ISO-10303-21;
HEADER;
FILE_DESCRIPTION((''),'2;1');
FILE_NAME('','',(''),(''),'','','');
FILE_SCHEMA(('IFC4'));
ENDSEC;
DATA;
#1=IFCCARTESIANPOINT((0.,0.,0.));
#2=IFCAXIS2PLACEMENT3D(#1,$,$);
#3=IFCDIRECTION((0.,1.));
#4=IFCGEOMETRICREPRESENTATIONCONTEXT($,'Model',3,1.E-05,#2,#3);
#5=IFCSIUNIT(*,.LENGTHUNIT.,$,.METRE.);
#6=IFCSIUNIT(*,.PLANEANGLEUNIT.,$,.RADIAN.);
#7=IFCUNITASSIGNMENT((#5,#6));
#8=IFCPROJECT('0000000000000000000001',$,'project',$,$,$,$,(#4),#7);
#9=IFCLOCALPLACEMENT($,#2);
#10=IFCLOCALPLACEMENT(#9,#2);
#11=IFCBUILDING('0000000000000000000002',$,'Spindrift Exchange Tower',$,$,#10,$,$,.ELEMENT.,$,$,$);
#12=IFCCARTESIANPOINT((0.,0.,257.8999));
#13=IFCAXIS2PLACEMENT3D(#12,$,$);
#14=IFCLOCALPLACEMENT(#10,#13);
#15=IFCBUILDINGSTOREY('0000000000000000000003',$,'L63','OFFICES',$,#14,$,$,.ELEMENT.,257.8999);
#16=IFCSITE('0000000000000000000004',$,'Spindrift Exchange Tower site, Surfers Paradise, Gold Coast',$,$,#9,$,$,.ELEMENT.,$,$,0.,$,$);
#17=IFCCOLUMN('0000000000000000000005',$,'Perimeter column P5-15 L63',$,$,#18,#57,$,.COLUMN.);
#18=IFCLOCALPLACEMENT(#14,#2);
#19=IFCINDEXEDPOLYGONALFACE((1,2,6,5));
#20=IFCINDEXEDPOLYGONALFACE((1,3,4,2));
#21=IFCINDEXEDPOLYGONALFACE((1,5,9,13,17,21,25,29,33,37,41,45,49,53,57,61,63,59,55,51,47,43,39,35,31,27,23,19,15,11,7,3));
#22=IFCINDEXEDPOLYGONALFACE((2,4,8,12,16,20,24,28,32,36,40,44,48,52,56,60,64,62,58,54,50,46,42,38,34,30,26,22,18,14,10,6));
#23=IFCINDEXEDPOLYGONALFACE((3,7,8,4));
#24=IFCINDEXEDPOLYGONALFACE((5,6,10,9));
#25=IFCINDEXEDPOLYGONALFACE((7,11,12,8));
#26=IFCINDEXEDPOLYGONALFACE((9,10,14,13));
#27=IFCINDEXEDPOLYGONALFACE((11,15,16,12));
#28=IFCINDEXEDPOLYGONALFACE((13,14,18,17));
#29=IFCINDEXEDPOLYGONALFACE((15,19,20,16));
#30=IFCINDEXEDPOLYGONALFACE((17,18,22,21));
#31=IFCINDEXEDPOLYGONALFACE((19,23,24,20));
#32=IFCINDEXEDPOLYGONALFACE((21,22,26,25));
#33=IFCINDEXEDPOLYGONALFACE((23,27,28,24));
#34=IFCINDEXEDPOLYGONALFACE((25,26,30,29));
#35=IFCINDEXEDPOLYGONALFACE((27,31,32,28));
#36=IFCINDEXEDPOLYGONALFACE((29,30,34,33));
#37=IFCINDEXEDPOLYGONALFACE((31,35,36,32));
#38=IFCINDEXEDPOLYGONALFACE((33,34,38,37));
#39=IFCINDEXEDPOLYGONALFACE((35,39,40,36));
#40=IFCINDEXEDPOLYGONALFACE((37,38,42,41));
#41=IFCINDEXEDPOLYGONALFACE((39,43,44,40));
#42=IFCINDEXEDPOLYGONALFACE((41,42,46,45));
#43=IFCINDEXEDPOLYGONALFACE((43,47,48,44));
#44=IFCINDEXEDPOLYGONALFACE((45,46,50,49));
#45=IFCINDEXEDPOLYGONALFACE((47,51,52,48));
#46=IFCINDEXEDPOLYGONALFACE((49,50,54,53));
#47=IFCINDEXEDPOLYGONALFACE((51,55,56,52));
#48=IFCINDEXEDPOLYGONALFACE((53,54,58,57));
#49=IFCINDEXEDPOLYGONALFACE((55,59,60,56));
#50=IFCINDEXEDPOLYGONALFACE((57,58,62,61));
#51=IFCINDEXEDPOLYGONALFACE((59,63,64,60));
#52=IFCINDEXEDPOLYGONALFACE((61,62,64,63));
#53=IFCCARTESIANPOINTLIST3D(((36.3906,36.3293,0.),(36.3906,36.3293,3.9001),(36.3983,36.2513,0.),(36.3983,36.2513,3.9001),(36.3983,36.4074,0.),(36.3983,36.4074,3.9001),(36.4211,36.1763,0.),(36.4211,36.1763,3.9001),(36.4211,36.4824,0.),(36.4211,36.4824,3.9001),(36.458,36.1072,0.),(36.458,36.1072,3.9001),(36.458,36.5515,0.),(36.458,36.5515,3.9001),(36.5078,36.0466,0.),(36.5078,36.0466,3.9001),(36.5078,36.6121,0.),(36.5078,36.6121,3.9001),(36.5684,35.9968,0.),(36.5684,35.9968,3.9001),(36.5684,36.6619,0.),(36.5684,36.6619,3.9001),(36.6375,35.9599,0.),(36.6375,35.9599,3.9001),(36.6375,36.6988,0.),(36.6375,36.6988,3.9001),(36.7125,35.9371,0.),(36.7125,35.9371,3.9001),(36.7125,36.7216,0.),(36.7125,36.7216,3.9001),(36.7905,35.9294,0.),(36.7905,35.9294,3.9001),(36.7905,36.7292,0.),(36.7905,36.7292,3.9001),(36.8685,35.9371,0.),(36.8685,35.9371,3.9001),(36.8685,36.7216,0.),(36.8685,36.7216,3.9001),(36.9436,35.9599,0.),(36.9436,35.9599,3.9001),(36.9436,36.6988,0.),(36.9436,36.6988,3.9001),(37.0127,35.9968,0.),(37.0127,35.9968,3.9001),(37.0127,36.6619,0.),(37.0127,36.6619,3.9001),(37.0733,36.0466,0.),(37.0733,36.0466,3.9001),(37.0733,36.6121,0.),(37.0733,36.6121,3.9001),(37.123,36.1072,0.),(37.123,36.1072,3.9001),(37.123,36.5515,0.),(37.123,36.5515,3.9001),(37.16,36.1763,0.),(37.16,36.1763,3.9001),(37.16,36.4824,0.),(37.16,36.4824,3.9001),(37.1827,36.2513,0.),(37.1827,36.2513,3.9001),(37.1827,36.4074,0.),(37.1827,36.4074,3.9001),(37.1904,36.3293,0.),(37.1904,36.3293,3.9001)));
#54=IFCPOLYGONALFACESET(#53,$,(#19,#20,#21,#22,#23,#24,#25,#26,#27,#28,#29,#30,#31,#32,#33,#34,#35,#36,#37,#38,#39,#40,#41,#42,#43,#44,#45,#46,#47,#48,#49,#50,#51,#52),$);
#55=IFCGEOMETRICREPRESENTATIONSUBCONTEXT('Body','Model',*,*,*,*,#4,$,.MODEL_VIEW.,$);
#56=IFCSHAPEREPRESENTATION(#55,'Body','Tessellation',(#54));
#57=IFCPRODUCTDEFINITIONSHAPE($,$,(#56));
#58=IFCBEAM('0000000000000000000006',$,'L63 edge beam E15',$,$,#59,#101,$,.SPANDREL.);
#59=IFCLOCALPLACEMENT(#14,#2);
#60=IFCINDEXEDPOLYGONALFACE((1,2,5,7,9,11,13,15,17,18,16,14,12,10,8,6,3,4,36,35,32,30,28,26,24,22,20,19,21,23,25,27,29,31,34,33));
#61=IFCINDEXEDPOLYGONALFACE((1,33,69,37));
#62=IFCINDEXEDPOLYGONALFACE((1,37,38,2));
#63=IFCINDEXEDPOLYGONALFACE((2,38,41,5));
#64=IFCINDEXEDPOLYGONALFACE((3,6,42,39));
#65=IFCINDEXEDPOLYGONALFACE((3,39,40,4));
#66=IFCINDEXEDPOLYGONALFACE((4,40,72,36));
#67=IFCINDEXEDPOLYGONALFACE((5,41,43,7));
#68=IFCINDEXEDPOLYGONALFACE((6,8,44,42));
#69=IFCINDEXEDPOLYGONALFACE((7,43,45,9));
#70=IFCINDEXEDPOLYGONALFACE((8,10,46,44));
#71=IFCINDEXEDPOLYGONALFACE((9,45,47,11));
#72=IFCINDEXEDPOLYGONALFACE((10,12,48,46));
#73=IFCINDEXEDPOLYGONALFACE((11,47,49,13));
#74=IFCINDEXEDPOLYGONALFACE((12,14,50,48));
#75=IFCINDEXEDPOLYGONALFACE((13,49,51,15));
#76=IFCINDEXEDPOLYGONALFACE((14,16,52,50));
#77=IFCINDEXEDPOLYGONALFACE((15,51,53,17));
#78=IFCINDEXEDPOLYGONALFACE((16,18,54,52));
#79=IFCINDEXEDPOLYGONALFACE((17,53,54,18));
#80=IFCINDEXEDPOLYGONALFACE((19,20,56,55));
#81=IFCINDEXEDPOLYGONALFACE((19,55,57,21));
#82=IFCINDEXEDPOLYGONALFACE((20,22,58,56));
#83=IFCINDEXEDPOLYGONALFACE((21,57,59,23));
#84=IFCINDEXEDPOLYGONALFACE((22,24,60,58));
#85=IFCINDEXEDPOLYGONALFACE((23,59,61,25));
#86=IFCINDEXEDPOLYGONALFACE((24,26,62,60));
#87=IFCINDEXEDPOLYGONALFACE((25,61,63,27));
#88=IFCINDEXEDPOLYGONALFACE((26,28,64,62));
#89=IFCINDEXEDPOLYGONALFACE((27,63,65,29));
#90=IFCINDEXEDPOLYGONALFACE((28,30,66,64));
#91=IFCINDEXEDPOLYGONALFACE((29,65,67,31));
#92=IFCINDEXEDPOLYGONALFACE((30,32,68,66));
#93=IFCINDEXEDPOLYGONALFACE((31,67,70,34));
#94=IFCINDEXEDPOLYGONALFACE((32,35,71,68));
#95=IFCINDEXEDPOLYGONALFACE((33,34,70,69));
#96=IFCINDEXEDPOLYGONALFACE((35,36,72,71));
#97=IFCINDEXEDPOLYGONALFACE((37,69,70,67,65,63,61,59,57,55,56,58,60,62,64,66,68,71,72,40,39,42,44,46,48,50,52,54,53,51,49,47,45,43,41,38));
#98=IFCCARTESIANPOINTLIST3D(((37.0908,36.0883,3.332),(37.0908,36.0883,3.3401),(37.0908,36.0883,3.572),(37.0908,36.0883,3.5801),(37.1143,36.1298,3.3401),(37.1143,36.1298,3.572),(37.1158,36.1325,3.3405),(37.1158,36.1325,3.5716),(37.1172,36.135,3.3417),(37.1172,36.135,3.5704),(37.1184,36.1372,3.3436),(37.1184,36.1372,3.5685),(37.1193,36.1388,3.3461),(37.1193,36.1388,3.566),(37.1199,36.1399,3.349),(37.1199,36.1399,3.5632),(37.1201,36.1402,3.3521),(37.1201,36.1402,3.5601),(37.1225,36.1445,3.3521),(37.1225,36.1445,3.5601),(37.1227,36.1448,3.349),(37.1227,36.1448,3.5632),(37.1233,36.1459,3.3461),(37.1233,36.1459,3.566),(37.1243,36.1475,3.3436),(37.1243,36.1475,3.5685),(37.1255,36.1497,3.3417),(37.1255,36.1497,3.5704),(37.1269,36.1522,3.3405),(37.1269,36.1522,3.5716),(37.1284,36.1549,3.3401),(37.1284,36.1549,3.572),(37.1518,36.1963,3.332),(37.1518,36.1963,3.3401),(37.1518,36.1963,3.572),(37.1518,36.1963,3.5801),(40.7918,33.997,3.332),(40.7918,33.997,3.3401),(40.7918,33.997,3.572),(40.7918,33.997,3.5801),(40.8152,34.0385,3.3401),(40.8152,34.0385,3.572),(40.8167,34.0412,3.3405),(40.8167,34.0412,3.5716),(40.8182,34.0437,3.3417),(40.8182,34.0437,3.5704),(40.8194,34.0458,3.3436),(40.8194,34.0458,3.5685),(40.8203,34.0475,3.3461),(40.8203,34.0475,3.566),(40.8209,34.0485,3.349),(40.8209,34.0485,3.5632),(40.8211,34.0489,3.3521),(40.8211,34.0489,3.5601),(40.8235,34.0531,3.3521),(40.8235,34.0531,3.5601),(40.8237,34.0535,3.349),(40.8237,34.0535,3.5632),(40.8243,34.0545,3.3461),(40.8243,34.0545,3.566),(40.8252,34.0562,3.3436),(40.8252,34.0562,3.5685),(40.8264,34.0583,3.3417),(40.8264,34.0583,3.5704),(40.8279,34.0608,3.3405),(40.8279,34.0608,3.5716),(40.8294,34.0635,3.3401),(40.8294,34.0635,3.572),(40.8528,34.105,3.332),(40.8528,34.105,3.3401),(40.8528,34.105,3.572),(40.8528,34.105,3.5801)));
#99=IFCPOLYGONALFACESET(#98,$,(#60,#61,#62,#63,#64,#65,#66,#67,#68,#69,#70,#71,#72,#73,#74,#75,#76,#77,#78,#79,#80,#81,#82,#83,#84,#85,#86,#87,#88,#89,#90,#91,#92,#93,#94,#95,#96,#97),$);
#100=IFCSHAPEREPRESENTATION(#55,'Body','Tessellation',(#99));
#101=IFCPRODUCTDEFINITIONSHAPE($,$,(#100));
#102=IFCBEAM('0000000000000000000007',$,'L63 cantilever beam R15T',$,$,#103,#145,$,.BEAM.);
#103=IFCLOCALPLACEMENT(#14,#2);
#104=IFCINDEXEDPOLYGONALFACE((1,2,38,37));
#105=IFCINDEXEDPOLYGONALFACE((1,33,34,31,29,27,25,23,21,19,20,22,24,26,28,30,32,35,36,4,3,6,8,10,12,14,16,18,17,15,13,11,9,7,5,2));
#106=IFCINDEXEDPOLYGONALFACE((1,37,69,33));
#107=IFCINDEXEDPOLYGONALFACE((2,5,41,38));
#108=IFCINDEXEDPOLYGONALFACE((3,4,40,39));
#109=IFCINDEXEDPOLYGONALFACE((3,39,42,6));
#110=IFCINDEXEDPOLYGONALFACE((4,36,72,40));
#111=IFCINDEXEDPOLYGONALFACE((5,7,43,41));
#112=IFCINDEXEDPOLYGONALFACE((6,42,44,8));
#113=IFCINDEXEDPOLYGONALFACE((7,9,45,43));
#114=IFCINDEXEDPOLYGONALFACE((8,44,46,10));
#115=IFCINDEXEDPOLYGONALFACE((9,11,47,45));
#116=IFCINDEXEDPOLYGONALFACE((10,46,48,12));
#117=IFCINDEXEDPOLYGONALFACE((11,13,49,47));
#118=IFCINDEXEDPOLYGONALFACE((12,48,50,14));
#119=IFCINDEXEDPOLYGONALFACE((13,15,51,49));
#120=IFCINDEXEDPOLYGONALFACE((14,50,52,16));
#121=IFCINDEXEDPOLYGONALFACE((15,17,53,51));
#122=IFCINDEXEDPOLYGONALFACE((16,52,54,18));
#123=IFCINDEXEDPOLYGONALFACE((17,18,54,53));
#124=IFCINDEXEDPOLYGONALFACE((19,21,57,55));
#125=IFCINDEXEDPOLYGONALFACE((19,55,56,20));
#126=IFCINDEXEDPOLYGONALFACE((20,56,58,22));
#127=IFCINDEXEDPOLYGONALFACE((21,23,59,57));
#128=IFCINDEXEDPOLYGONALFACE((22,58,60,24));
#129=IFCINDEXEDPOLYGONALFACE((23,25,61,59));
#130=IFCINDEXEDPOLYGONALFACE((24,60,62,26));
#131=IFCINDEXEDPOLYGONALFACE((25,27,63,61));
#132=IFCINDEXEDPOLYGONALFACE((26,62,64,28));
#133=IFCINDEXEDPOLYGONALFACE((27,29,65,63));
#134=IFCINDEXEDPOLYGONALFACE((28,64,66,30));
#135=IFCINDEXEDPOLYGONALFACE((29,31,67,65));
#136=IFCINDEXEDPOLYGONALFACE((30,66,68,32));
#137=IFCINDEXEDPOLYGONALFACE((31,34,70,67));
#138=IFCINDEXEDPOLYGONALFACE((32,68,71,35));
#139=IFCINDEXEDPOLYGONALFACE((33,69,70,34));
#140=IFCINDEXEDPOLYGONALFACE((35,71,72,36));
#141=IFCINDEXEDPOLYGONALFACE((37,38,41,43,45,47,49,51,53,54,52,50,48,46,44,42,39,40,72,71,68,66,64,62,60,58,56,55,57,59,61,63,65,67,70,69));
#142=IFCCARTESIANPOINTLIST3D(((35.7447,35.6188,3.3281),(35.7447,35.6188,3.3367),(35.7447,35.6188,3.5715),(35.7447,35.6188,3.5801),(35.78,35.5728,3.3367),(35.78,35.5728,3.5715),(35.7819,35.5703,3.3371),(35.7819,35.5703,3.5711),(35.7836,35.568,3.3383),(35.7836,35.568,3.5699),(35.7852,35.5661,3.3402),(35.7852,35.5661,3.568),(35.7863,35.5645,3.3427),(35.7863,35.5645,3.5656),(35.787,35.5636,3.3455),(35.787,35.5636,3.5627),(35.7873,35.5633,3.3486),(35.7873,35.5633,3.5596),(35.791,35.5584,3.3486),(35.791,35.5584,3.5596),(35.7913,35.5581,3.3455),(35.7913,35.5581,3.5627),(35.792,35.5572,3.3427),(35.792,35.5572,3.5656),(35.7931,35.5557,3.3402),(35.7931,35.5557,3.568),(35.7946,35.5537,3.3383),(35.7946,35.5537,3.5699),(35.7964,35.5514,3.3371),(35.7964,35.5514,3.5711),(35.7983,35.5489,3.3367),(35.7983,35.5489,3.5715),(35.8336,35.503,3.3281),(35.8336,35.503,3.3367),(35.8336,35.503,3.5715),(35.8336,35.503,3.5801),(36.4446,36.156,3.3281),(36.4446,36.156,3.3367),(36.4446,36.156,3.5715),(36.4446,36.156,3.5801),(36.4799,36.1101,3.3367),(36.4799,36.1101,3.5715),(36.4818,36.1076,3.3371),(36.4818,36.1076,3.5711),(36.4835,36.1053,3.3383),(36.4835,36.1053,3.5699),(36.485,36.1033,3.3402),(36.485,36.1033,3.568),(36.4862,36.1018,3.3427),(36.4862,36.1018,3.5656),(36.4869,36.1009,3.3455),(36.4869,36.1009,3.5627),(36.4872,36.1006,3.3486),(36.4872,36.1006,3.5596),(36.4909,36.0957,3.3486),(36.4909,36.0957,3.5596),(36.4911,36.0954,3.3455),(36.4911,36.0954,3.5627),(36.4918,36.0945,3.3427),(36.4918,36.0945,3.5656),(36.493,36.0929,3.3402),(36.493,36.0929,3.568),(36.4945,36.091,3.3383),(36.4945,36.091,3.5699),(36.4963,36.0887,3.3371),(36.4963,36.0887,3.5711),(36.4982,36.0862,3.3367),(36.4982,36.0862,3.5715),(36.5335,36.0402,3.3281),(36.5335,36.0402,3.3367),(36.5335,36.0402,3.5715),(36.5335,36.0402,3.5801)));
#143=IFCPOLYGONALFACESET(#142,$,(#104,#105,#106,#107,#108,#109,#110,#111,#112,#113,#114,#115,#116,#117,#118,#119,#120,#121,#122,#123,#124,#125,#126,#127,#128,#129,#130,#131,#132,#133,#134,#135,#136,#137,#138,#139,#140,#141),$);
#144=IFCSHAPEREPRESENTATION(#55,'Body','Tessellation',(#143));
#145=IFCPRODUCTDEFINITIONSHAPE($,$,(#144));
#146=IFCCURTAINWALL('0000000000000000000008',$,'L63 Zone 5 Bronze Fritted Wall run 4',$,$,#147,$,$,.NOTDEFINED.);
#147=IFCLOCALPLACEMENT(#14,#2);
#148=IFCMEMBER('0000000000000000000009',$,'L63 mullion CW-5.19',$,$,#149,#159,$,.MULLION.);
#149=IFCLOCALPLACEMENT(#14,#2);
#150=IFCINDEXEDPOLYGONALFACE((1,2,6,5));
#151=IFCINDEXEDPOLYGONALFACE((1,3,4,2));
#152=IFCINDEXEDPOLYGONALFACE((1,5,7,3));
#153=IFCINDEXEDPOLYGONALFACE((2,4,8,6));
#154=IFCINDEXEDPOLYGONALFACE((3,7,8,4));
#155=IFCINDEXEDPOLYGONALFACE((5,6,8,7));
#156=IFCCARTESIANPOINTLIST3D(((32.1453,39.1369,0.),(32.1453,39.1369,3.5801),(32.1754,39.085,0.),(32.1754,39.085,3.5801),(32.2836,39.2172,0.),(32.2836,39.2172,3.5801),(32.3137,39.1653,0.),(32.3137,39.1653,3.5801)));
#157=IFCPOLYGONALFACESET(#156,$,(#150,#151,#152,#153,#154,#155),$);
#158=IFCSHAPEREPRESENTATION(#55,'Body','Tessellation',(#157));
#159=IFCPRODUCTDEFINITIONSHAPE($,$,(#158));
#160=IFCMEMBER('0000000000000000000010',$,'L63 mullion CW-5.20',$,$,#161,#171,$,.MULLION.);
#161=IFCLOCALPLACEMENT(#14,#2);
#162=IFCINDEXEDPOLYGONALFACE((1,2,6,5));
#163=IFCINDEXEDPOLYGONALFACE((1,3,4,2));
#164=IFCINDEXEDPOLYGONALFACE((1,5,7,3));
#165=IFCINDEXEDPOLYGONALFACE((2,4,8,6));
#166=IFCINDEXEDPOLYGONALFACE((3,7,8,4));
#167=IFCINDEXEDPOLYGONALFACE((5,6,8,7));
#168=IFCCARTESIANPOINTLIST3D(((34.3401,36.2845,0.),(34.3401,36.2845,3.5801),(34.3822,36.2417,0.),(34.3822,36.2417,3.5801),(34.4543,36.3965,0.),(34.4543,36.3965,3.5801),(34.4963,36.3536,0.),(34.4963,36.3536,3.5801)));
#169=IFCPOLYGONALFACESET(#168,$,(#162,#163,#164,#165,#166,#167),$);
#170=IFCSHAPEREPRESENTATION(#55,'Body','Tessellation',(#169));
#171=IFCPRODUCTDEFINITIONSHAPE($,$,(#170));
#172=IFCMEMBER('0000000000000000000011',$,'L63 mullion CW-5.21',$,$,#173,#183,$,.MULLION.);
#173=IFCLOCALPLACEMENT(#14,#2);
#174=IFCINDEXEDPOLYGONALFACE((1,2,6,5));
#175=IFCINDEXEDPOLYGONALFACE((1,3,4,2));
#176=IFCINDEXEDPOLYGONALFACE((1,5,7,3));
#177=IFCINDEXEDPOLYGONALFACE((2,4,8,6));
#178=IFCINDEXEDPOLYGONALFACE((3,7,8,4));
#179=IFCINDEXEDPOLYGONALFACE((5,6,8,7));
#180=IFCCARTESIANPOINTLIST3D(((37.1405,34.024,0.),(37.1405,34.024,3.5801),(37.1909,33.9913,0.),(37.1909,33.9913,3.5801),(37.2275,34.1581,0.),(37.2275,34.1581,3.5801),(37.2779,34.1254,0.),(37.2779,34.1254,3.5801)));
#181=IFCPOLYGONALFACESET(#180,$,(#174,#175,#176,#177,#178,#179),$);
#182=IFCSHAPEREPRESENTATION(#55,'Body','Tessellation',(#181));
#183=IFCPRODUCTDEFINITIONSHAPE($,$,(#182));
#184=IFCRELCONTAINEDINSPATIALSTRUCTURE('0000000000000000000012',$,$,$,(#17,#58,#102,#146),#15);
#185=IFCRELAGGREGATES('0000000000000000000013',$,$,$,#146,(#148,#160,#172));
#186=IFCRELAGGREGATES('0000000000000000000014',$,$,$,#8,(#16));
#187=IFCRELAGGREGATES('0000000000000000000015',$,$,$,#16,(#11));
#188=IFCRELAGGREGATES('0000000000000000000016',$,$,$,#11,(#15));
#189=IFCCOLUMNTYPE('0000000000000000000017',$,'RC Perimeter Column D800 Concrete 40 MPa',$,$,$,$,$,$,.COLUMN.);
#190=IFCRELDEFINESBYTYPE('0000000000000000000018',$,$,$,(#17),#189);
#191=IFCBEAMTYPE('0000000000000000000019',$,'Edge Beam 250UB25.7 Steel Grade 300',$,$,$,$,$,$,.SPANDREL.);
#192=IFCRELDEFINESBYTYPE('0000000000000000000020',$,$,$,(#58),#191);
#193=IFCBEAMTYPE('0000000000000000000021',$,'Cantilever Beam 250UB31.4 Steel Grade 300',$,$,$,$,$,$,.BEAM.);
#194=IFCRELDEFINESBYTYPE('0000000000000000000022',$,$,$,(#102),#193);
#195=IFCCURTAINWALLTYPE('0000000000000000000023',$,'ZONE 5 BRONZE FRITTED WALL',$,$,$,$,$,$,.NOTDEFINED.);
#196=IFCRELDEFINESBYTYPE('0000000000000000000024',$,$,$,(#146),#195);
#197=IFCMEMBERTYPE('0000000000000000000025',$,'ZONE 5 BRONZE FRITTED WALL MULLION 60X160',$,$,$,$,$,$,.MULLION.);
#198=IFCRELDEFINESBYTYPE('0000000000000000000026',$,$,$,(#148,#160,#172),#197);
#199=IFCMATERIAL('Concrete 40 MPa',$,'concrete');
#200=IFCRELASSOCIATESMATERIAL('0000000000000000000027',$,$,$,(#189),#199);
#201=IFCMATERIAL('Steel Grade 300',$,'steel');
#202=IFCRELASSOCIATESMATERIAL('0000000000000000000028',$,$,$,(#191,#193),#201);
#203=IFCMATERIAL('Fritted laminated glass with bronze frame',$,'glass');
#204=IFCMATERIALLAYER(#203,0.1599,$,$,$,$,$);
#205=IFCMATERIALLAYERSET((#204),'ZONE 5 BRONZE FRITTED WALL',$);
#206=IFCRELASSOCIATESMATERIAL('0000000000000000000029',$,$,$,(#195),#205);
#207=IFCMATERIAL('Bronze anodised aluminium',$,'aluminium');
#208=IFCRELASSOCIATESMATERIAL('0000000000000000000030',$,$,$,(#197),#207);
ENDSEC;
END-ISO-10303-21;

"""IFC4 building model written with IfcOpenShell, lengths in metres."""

from ifc_helpers import new_model, si_unit, direction, frame, origin, origin_2d, place, context, subcontext, project, spatial, rectangle, circle, i_section, extrude, source, transform, mapped, material, layer, layer_set, material_profile, profile_set, type_object, element, aggregate, save


model = new_model("IFC4")

# Units and contexts
model_context = context("Model", 3, precision=1e-05, world=origin(), true_north=direction((0.0, 1.0)))
body_context = subcontext(model_context, "Body", "Model", "MODEL_VIEW")
ifc_project = project(units=[si_unit("LENGTHUNIT", "METRE"), si_unit("PLANEANGLEUNIT", "RADIAN")], contexts=[model_context])

# Site, building, storey
site_placement = place(None, origin())
site = spatial("IfcSite", under=ifc_project, at=site_placement, Name="Spindrift Exchange Tower site, Surfers Paradise, Gold Coast", CompositionType="ELEMENT", RefElevation=0.0)
building_placement = place(site_placement, origin())
building = spatial("IfcBuilding", under=site, at=building_placement, Name="Spindrift Exchange Tower", CompositionType="ELEMENT")
storey_placement = place(building_placement, frame((0.0, 0.0, 257.8999)))
storey = spatial("IfcBuildingStorey", under=building, at=storey_placement, Name="L63", Description="OFFICES", CompositionType="ELEMENT", Elevation=257.8999)

# Column
ifc_material_1 = material(Name="Concrete 40 MPa", Category="concrete")
ifc_material_profile_1 = material_profile(ifc_material_1, circle(Radius=0.3999, at=origin_2d()), Name="RC D800")
ifc_profile_set_1 = profile_set([ifc_material_profile_1], Name="Concrete 40 MPa")
column_type = type_object("IfcColumnType", Name="RC Perimeter Column D800 Concrete 40 MPa", PredefinedType="COLUMN", material=ifc_profile_set_1)
shared_shape_1 = source(origin(), body_context, "Body", "SweptSolid", [
    extrude(circle(Radius=0.3999, at=origin_2d()), origin(), (0.0, 0.0, 1.0), 3.9001),
])
column_placement = place(storey_placement, frame((36.7905, 36.3293, 0.0), z_axis=(0.0, 0.0, 1.0), x_axis=(1.0, 0.0, 0.0)))
element("IfcColumn", 1, at=column_placement, inside=storey, type_object=column_type, Name="Perimeter column P5-15 L63", PredefinedType="COLUMN", context=body_context, shape_type="MappedRepresentation", body=[
    mapped(shared_shape_1, transform((0.0, 0.0, 0.0), scale=1.0)),
])

# Beams
ifc_material_2 = material(Name="Steel Grade 300", Category="steel")
ifc_material_profile_2 = material_profile(ifc_material_2, i_section(OverallWidth=0.124, OverallDepth=0.248, WebThickness=0.0049, FlangeThickness=0.0081, FilletRadius=0.012, at=origin_2d()), Name="250UB25.7")
ifc_profile_set_2 = profile_set([ifc_material_profile_2], Name="Steel Grade 300")
beam_type_1 = type_object("IfcBeamType", Name="Edge Beam 250UB25.7 Steel Grade 300", PredefinedType="SPANDREL", material=ifc_profile_set_2)
shared_shape_2 = source(origin(), body_context, "Body", "SweptSolid", [
    extrude(i_section(OverallWidth=0.124, OverallDepth=0.248, WebThickness=0.0049, FlangeThickness=0.0081, FilletRadius=0.012, at=origin_2d()), origin(), (0.0, 0.0, 1.0), 4.251),
])
beam_1_placement = place(storey_placement, frame((37.1213, 36.1423, 3.4561), z_axis=(0.870615, -0.491965, 0.0), x_axis=(0.491965, 0.870615, 0.0)))
element("IfcBeam", 2, at=beam_1_placement, inside=storey, type_object=beam_type_1, Name="L63 edge beam E15", PredefinedType="SPANDREL", context=body_context, shape_type="MappedRepresentation", body=[
    mapped(shared_shape_2, transform((0.0, 0.0, 0.0), scale=1.0)),
])
ifc_material_profile_3 = material_profile(ifc_material_2, i_section(OverallWidth=0.146, OverallDepth=0.252, WebThickness=0.0061, FlangeThickness=0.0085, FilletRadius=0.012, at=origin_2d()), Name="250UB31.4")
ifc_profile_set_3 = profile_set([ifc_material_profile_3], Name="Steel Grade 300")
beam_type_2 = type_object("IfcBeamType", Name="Cantilever Beam 250UB31.4 Steel Grade 300", PredefinedType="BEAM", material=ifc_profile_set_3)
shared_shape_3 = source(origin(), body_context, "Body", "SweptSolid", [
    extrude(i_section(OverallWidth=0.146, OverallDepth=0.252, WebThickness=0.0061, FlangeThickness=0.0085, FilletRadius=0.012, at=origin_2d()), origin(), (0.0, 0.0, 1.0), 0.8823),
])
beam_2_placement = place(storey_placement, frame((36.489, 36.0981, 3.4541), z_axis=(-0.79321, -0.608948, 0.0), x_axis=(0.608948, -0.79321, 0.0)))
element("IfcBeam", 3, at=beam_2_placement, inside=storey, type_object=beam_type_2, Name="L63 cantilever beam R15T", PredefinedType="BEAM", context=body_context, shape_type="MappedRepresentation", body=[
    mapped(shared_shape_3, transform((0.0, 0.0, 0.0), scale=1.0)),
])

# Curtain wall, members
ifc_material_3 = material(Name="Fritted laminated glass with bronze frame", Category="glass")
ifc_layer_1 = layer(ifc_material_3, 0.1599)
ifc_layer_set_1 = layer_set([ifc_layer_1], Name="ZONE 5 BRONZE FRITTED WALL")
curtain_wall_type = type_object("IfcCurtainWallType", Name="ZONE 5 BRONZE FRITTED WALL", PredefinedType="NOTDEFINED", material=ifc_layer_set_1)
curtain_wall_placement = place(storey_placement, origin())
curtain_wall = element("IfcCurtainWall", 4, at=curtain_wall_placement, inside=storey, type_object=curtain_wall_type, Name="L63 Zone 5 Bronze Fritted Wall run 4", PredefinedType="NOTDEFINED")
ifc_material_4 = material(Name="Bronze anodised aluminium", Category="aluminium")
ifc_material_profile_4 = material_profile(ifc_material_4, rectangle(XDim=0.0601, YDim=0.1599, at=origin_2d()), Name="ZONE 5 BRONZE FRITTED WALL MULLION 60X160")
ifc_profile_set_4 = profile_set([ifc_material_profile_4], Name="Bronze anodised aluminium")
member_type_1 = type_object("IfcMemberType", Name="ZONE 5 BRONZE FRITTED WALL MULLION 60X160", PredefinedType="MULLION", material=ifc_profile_set_4)
shared_shape_4 = source(origin(), body_context, "Body", "SweptSolid", [
    extrude(rectangle(XDim=0.0601, YDim=0.1599, at=origin_2d()), origin(), (0.0, 0.0, 1.0), 3.5801),
])
member_1_placement = place(storey_placement, frame((32.2295, 39.1511, 0.0), z_axis=(0.0, 0.0, 1.0), x_axis=(0.502108, -0.864805, 0.0)))
member_1 = element("IfcMember", 5, at=member_1_placement, type_object=member_type_1, Name="L63 mullion CW-5.19", PredefinedType="MULLION", context=body_context, shape_type="MappedRepresentation", body=[
    mapped(shared_shape_4, transform((0.0, 0.0, 0.0), scale=1.0)),
])
member_2_placement = place(storey_placement, frame((34.4182, 36.3191, 0.0), z_axis=(0.0, 0.0, 1.0), x_axis=(0.700242, -0.713906, 0.0)))
member_2 = element("IfcMember", 6, at=member_2_placement, type_object=member_type_1, Name="L63 mullion CW-5.20", PredefinedType="MULLION", context=body_context, shape_type="MappedRepresentation", body=[
    mapped(shared_shape_4, transform((0.0, 0.0, 0.0), scale=1.0)),
])
member_3_placement = place(storey_placement, frame((37.2092, 34.0747, 0.0), z_axis=(0.0, 0.0, 1.0), x_axis=(0.838988, -0.54415, 0.0)))
member_3 = element("IfcMember", 7, at=member_3_placement, type_object=member_type_1, Name="L63 mullion CW-5.21", PredefinedType="MULLION", context=body_context, shape_type="MappedRepresentation", body=[
    mapped(shared_shape_4, transform((0.0, 0.0, 0.0), scale=1.0)),
])

aggregate(curtain_wall, [member_1, member_2, member_3])

save(model, "model.ifc")
